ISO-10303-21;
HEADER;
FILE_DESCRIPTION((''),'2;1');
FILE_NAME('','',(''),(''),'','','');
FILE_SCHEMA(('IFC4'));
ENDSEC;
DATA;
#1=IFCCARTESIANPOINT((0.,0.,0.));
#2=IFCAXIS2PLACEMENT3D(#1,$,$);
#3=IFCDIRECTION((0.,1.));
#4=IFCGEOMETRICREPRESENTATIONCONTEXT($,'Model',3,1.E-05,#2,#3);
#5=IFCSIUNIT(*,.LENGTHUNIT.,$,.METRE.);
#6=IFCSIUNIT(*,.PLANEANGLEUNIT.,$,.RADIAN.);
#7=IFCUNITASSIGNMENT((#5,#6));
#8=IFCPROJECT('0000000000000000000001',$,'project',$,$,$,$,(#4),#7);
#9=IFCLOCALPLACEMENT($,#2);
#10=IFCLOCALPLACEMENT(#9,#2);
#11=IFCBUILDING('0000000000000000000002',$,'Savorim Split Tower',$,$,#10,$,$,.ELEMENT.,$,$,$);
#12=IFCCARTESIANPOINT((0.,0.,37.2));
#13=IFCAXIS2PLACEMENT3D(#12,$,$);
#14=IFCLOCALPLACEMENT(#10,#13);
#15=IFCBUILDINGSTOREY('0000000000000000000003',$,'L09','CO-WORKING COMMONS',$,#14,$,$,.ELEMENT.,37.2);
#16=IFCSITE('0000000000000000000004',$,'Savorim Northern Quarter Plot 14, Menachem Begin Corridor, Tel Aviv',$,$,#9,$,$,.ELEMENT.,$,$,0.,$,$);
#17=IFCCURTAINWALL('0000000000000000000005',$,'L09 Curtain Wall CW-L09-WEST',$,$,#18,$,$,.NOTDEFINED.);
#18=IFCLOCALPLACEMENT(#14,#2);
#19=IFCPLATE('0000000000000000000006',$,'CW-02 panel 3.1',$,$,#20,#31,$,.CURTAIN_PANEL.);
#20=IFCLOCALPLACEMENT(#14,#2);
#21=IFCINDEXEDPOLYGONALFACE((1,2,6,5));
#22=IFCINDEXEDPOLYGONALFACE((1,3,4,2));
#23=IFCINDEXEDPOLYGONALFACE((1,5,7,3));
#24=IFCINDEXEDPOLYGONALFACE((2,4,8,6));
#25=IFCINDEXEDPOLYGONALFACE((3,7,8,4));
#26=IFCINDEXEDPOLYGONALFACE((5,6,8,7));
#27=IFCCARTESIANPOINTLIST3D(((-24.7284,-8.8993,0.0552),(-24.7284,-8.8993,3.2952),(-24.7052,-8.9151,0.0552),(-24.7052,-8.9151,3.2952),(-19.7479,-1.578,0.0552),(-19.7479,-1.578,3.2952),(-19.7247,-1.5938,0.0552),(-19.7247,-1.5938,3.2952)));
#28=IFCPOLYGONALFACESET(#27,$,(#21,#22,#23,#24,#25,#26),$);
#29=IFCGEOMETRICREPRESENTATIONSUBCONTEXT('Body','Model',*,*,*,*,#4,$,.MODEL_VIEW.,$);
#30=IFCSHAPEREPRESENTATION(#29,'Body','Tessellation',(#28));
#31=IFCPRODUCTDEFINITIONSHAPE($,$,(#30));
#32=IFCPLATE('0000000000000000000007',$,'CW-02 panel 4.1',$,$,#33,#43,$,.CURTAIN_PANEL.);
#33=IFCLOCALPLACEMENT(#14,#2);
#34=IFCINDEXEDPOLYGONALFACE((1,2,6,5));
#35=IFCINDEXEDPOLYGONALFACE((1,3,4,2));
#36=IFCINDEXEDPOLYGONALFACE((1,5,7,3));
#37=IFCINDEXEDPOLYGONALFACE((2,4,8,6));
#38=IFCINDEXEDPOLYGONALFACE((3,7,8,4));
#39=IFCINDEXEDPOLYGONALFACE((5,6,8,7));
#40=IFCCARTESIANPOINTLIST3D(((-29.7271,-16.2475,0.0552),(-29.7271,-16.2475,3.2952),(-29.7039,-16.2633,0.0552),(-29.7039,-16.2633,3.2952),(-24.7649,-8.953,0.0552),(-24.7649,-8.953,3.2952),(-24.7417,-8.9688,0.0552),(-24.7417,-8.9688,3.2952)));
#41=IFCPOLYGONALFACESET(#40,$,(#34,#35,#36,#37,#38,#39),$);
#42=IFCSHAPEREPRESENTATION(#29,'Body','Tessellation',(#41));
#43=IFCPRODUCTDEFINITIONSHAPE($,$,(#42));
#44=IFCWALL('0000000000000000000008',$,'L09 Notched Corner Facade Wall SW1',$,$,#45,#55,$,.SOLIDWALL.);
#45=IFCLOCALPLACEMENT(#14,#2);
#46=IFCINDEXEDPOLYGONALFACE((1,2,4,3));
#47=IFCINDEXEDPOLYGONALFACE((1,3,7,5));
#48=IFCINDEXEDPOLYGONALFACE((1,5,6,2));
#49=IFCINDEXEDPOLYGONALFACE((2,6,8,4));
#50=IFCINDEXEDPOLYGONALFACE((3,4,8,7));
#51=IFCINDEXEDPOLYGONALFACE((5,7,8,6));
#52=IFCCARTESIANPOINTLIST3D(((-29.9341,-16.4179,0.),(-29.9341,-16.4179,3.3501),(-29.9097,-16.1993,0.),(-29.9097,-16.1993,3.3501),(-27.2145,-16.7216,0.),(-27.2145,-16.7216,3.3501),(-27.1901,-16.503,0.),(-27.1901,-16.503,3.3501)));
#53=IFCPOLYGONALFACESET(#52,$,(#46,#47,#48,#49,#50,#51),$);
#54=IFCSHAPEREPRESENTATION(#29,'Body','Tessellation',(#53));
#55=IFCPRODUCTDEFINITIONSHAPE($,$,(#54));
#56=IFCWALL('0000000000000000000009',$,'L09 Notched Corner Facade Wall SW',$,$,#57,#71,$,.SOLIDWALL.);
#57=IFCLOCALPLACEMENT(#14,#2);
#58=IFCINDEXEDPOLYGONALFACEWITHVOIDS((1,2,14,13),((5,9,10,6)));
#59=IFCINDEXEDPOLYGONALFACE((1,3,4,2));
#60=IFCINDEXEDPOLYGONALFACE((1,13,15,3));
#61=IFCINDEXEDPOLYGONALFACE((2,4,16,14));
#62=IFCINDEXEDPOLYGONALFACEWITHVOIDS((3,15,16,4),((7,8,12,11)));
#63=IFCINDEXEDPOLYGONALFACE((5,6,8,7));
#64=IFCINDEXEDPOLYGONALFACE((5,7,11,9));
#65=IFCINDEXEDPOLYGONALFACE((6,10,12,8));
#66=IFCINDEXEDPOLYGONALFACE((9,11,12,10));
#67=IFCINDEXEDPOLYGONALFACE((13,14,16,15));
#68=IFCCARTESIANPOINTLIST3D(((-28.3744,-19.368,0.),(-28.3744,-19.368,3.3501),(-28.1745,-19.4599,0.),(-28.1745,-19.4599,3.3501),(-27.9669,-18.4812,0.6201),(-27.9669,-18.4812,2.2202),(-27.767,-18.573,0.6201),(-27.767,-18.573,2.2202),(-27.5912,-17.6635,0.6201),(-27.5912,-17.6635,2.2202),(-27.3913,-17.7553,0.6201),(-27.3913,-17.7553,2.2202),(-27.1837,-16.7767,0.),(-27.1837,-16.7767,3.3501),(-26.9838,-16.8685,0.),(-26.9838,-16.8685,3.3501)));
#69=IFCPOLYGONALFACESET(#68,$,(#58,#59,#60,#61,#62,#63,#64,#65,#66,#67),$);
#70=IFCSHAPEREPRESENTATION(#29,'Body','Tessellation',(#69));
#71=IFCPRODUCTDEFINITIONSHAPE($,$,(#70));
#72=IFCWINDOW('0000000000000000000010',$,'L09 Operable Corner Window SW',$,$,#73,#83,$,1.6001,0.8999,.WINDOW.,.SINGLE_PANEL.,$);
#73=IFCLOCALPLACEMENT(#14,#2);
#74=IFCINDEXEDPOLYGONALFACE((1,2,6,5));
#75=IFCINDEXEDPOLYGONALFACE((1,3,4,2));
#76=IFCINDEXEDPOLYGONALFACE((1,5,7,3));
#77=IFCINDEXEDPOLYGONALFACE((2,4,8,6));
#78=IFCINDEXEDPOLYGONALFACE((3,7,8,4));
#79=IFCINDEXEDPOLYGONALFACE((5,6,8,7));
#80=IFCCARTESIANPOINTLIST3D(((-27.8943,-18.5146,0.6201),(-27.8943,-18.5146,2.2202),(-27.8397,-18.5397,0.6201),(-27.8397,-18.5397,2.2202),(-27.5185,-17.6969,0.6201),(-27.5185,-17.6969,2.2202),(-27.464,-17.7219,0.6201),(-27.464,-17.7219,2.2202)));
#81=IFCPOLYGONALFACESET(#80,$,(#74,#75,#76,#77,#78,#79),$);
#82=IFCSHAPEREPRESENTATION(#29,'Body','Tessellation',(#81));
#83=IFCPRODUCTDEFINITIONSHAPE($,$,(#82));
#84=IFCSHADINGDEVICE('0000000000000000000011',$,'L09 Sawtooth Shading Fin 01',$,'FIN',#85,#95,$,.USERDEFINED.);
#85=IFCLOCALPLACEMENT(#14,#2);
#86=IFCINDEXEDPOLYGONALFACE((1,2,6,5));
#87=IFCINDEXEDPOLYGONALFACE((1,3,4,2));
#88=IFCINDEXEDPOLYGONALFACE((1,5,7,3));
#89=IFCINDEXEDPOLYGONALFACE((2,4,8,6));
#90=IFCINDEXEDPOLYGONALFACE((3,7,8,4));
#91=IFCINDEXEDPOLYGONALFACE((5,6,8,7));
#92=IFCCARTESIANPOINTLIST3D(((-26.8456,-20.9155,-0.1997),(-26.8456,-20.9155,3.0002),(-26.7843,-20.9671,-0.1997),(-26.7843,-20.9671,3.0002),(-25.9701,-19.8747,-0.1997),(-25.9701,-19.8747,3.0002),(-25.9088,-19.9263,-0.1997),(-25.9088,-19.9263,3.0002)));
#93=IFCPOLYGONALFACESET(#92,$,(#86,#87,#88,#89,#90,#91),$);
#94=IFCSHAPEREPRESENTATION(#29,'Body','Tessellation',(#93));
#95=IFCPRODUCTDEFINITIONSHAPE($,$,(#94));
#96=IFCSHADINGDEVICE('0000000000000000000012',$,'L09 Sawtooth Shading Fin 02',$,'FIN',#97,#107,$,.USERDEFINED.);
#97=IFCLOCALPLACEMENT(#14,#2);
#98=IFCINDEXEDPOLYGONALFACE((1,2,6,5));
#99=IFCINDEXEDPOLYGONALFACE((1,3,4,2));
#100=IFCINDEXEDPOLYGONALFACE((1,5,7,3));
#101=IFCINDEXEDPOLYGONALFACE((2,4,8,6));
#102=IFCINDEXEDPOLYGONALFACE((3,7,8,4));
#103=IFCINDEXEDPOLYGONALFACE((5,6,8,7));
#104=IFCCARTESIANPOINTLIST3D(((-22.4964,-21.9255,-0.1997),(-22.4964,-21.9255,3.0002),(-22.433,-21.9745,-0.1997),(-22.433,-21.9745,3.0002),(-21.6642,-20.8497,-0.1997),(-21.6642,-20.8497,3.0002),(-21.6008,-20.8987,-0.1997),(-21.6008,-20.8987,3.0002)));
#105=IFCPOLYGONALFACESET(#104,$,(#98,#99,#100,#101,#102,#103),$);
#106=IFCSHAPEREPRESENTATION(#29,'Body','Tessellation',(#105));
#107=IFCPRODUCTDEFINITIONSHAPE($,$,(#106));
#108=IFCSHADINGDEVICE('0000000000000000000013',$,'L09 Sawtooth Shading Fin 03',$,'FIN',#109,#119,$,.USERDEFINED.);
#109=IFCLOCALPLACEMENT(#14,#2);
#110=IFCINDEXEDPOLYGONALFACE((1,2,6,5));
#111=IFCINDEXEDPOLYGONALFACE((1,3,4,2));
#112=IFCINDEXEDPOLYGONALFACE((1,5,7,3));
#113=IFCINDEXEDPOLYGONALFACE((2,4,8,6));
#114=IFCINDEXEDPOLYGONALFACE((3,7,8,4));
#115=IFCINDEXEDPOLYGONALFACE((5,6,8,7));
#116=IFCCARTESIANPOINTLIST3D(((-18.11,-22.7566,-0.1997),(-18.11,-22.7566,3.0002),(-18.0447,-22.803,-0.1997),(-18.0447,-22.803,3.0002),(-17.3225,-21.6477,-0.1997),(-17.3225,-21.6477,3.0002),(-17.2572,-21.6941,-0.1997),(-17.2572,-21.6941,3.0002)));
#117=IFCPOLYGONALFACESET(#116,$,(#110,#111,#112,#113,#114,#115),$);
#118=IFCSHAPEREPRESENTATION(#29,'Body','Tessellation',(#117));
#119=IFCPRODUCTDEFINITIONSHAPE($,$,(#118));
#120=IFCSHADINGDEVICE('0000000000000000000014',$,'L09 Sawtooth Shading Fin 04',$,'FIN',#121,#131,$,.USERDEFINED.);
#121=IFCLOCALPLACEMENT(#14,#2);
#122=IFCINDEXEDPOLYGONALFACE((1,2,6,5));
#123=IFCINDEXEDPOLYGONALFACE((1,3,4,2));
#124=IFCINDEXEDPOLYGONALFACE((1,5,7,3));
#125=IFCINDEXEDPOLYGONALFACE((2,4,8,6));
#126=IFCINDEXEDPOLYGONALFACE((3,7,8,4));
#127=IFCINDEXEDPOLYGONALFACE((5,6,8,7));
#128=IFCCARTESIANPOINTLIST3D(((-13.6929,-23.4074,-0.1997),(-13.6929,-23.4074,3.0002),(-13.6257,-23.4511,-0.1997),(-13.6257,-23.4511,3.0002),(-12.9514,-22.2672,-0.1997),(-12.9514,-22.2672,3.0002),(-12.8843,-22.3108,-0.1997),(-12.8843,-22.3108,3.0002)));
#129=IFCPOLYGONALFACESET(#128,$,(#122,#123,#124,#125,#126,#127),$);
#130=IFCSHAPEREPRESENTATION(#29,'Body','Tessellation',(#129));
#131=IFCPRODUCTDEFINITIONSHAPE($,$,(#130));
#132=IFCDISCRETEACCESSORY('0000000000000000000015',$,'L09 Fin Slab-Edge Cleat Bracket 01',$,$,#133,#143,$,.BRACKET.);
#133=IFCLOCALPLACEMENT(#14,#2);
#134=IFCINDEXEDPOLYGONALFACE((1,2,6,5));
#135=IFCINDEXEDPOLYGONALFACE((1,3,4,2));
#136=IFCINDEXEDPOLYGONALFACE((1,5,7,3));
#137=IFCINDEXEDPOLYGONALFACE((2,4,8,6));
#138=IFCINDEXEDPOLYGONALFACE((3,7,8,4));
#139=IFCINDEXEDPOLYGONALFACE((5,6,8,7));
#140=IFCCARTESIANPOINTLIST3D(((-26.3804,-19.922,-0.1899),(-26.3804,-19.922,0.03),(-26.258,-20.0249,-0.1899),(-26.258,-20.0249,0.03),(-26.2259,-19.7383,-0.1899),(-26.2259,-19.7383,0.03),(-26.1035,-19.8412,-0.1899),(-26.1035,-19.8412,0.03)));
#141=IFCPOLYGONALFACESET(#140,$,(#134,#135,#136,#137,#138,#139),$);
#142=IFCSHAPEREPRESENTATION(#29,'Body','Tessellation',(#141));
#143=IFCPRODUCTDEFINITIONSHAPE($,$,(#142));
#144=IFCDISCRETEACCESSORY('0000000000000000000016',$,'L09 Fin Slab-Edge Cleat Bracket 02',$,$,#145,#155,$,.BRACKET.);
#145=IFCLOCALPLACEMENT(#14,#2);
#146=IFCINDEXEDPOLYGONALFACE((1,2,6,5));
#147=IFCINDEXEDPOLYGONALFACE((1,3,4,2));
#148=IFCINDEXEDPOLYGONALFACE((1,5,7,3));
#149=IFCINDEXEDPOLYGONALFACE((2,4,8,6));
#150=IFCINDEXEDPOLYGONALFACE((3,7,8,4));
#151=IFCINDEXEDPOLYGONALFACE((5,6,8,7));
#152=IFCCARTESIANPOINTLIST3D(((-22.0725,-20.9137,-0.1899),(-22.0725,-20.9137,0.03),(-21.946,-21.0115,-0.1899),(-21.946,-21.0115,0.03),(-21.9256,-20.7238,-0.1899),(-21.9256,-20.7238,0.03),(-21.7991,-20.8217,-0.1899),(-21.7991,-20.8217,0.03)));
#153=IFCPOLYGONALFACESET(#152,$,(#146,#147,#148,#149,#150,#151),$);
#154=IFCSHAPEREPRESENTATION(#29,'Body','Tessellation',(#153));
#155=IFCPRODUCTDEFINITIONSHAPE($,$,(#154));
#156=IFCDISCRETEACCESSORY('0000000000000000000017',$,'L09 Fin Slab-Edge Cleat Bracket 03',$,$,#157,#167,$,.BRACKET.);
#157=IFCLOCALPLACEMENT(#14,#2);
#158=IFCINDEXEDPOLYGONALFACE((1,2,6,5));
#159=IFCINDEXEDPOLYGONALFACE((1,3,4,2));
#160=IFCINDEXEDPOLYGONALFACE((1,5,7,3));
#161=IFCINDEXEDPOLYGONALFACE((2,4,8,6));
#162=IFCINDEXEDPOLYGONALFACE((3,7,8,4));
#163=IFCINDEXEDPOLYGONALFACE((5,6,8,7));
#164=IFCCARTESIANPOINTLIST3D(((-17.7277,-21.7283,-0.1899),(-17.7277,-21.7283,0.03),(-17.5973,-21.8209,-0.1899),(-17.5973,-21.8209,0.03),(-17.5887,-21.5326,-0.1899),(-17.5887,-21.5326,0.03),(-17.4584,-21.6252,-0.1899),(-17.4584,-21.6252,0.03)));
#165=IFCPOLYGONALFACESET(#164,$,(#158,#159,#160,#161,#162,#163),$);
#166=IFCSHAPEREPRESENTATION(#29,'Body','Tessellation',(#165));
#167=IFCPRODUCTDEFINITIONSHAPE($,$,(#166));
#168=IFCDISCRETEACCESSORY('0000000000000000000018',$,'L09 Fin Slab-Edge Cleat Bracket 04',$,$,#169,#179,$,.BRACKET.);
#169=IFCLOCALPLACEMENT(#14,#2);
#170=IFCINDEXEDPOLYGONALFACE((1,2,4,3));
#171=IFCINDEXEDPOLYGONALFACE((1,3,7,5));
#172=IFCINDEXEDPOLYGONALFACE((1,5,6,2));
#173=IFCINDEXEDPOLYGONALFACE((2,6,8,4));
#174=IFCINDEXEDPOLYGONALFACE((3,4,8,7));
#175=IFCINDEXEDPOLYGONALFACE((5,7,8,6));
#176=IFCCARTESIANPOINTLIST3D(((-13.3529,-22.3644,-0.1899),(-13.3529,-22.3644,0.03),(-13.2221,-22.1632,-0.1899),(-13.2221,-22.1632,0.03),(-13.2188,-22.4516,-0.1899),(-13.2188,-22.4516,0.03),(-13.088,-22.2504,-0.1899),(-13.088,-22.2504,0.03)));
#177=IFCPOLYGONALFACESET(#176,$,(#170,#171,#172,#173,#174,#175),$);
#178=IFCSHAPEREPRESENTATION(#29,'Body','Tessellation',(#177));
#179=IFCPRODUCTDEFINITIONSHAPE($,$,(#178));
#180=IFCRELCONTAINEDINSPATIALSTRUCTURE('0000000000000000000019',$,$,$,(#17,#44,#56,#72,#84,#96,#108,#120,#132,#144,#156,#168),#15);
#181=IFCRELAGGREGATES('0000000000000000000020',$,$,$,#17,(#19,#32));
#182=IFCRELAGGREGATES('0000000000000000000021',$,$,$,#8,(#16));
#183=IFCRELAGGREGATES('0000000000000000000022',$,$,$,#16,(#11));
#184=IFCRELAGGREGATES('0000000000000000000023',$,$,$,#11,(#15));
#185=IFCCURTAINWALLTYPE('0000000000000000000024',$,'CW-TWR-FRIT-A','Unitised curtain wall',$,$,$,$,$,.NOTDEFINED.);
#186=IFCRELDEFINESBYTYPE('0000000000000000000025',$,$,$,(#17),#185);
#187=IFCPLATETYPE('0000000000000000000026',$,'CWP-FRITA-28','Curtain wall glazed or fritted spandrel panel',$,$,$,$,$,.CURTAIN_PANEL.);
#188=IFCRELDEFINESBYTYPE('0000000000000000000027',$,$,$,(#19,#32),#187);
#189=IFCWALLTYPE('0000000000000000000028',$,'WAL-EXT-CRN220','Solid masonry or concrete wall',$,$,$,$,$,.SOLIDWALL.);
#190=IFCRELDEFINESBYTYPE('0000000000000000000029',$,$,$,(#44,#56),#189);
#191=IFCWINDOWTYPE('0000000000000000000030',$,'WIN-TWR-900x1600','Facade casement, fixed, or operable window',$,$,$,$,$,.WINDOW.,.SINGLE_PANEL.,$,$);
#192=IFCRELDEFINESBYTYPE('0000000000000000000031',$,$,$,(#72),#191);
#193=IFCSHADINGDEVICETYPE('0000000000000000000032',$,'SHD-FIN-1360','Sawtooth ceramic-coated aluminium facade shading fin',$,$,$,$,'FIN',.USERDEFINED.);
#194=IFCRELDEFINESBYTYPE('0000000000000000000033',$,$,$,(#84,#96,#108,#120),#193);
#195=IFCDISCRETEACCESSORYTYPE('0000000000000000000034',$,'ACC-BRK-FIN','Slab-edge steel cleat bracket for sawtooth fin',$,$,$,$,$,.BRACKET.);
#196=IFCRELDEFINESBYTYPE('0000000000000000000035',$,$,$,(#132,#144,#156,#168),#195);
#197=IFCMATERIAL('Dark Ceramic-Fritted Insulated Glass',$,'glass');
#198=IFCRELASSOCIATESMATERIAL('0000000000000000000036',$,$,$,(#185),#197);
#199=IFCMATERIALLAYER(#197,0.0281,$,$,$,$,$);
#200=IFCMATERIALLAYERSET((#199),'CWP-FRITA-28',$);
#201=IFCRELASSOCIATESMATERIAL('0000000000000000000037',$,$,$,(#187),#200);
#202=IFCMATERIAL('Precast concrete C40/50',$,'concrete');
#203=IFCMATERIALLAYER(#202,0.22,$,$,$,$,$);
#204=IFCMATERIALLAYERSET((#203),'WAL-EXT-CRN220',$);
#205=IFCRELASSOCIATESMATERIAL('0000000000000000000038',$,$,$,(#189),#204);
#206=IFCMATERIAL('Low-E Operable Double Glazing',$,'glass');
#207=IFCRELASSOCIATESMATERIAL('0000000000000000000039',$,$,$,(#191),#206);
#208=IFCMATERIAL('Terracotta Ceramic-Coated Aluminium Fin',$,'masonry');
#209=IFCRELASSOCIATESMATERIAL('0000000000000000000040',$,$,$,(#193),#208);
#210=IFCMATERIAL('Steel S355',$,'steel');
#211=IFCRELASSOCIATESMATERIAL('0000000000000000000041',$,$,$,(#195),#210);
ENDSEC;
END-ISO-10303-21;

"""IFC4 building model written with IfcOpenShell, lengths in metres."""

from ifc_helpers import new_model, si_unit, direction, frame, frame_2d, origin, origin_2d, place, context, subcontext, project, spatial, rectangle, extrude, material, layer, layer_set, type_object, element, fill, aggregate, save


model = new_model("IFC4")

# Units and contexts
model_context = context("Model", 3, precision=1e-05, world=origin(), true_north=direction((0.0, 1.0)))
body_context = subcontext(model_context, "Body", "Model", "MODEL_VIEW")
ifc_project = project(units=[si_unit("LENGTHUNIT", "METRE"), si_unit("PLANEANGLEUNIT", "RADIAN")], contexts=[model_context])

# Site, building, storey
site_placement = place(None, origin())
site = spatial("IfcSite", under=ifc_project, at=site_placement, Name="Savorim Northern Quarter Plot 14, Menachem Begin Corridor, Tel Aviv", CompositionType="ELEMENT", RefElevation=0.0)
building_placement = place(site_placement, origin())
building = spatial("IfcBuilding", under=site, at=building_placement, Name="Savorim Split Tower", CompositionType="ELEMENT")
storey_placement = place(building_placement, frame((0.0, 0.0, 37.2)))
storey = spatial("IfcBuildingStorey", under=building, at=storey_placement, Name="L09", Description="CO-WORKING COMMONS", CompositionType="ELEMENT", Elevation=37.2)

# Shared definitions
ifc_material_1 = material(Name="Steel S355", Category="steel")

# Shared definitions
ifc_material_2 = material(Name="Dark Ceramic-Fritted Insulated Glass", Category="glass")
curtain_wall_type = type_object("IfcCurtainWallType", Name="CW-TWR-FRIT-A", Description="Unitised curtain wall", PredefinedType="NOTDEFINED", material=ifc_material_2)

# Curtain wall
curtain_wall_1_placement = place(storey_placement, origin())
curtain_wall_1 = element("IfcCurtainWall", 1, at=curtain_wall_1_placement, inside=storey, type_object=curtain_wall_type, Name="L09 Curtain Wall CW-L09-WEST", PredefinedType="NOTDEFINED")

# Plates
ifc_layer_1 = layer(ifc_material_2, 0.0281)
ifc_layer_set_1 = layer_set([ifc_layer_1], Name="CWP-FRITA-28")
plate_type = type_object("IfcPlateType", Name="CWP-FRITA-28", Description="Curtain wall glazed or fritted spandrel panel", PredefinedType="CURTAIN_PANEL", material=ifc_layer_set_1)
plate_1_placement = place(storey_placement, frame((-22.2266, -5.2466, 0.0552), z_axis=(0.0, 0.0, 1.0), x_axis=(-0.562465, -0.826821, 0.0)))
plate_1 = element("IfcPlate", 2, at=plate_1_placement, type_object=plate_type, Name="CW-02 panel 3.1", PredefinedType="CURTAIN_PANEL", context=body_context, shape_type="SweptSolid", body=[
    extrude(rectangle(XDim=8.8547, YDim=0.0281, at=origin_2d()), origin(), (0.0, 0.0, 1.0), 3.24),
])
plate_2_placement = place(storey_placement, frame((-27.2344, -12.6082, 0.0552), z_axis=(0.0, 0.0, 1.0), x_axis=(-0.562465, -0.826821, 0.0)))
plate_2 = element("IfcPlate", 3, at=plate_2_placement, type_object=plate_type, Name="CW-02 panel 4.1", PredefinedType="CURTAIN_PANEL", context=body_context, shape_type="SweptSolid", body=[
    extrude(rectangle(XDim=8.8223, YDim=0.0281, at=origin_2d()), origin(), (0.0, 0.0, 1.0), 3.24),
])
aggregate(curtain_wall_1, [plate_1, plate_2])

# Wall
ifc_material_3 = material(Name="Precast concrete C40/50", Category="concrete")
ifc_layer_2 = layer(ifc_material_3, 0.22)
ifc_layer_set_2 = layer_set([ifc_layer_2], Name="WAL-EXT-CRN220")
wall_type = type_object("IfcWallType", Name="WAL-EXT-CRN220", Description="Solid masonry or concrete wall", PredefinedType="SOLIDWALL", material=ifc_layer_set_2)
wall_1_placement = place(storey_placement, frame((-27.2024, -16.6123, 0.0), z_axis=(0.0, 0.0, 1.0), x_axis=(-0.993823, 0.11098, 0.0)))
element("IfcWall", 4, at=wall_1_placement, inside=storey, type_object=wall_type, Name="L09 Notched Corner Facade Wall SW1", PredefinedType="SOLIDWALL", context=body_context, shape_type="SweptSolid", body=[
    extrude(rectangle(XDim=2.7366, YDim=0.22, at=frame_2d((1.3682, 0.0))), origin(), (0.0, 0.0, 1.0), 3.3501),
])

# Wall, opening, window
wall_2_placement = place(storey_placement, frame((-28.2744, -19.4138, 0.0), z_axis=(0.0, 0.0, 1.0), x_axis=(0.417521, 0.908667, 0.0)))
wall_2 = element("IfcWall", 5, at=wall_2_placement, inside=storey, type_object=wall_type, Name="L09 Notched Corner Facade Wall SW", PredefinedType="SOLIDWALL", context=body_context, shape_type="SweptSolid", body=[
    extrude(rectangle(XDim=2.8518, YDim=0.22, at=frame_2d((1.4258, 0.0))), origin(), (0.0, 0.0, 1.0), 3.3501),
])
opening_placement = place(wall_2_placement, frame((0.9758, 0.0, 0.6201)))
opening = element("IfcOpeningElement", 6, at=opening_placement, cuts=wall_2, PredefinedType="OPENING", context=body_context, shape_type="SweptSolid", body=[
    extrude(rectangle(XDim=0.8999, YDim=1.6001, at=frame_2d((0.45, 0.8))), frame((0.0, 0.1199, 0.0), z_axis=(0.0, -1.0, 0.0), x_axis=(1.0, 0.0, 0.0)), (0.0, 0.0, 1.0), 0.24),
])
ifc_material_4 = material(Name="Low-E Operable Double Glazing", Category="glass")
window_type = type_object("IfcWindowType", Name="WIN-TWR-900x1600", Description="Facade casement, fixed, or operable window", PartitioningType="SINGLE_PANEL", PredefinedType="WINDOW", material=ifc_material_4)
window_placement = place(opening_placement, origin())
window = element("IfcWindow", 7, at=window_placement, inside=storey, type_object=window_type, Name="L09 Operable Corner Window SW", OverallHeight=1.6001, OverallWidth=0.8999, PartitioningType="SINGLE_PANEL", PredefinedType="WINDOW", context=body_context, shape_type="SweptSolid", body=[
    extrude(rectangle(XDim=0.8999, YDim=1.6001, at=frame_2d((0.45, 0.8))), frame((0.0, 0.03, 0.0), z_axis=(0.0, -1.0, 0.0), x_axis=(1.0, 0.0, 0.0)), (0.0, 0.0, 1.0), 0.0601),
])
fill(opening, window)

# Shading devices
ifc_material_5 = material(Name="Terracotta Ceramic-Coated Aluminium Fin", Category="masonry")
shading_device_type = type_object("IfcShadingDeviceType", Name="SHD-FIN-1360", Description="Sawtooth ceramic-coated aluminium facade shading fin", ElementType="FIN", PredefinedType="USERDEFINED", material=ifc_material_5)
for number, where, z_axis, x_axis, name in (
    (8, (-26.3772, -20.4209, -0.1997), (0.0, 0.0, 1.0), (-0.643719, -0.765262, 0.0), "L09 Sawtooth Shading Fin 01"),
    (9, (-22.0486, -21.4121, -0.1997), (0.0, 0.0, 1.0), (-0.611868, -0.79096, 0.0), "L09 Sawtooth Shading Fin 02"),
    (10, (-17.6836, -22.2253, -0.1997), (0.0, 0.0, 1.0), (-0.578994, -0.815332, 0.0), "L09 Sawtooth Shading Fin 03"),
    (11, (-13.2886, -22.8591, -0.1997), (0.0, 0.0, 1.0), (-0.545148, -0.83834, 0.0), "L09 Sawtooth Shading Fin 04"),
):
    element("IfcShadingDevice", number, at=place(storey_placement, frame(where, z_axis=z_axis, x_axis=x_axis)), inside=storey, type_object=shading_device_type, Name=name, ObjectType="FIN", PredefinedType="USERDEFINED", context=body_context, shape_type="SweptSolid", body=[
        extrude(rectangle(XDim=1.3601, YDim=0.0801, at=origin_2d()), origin(), (0.0, 0.0, 1.0), 3.2),
    ])

# Discrete accessories
discrete_accessory_type = type_object("IfcDiscreteAccessoryType", Name="ACC-BRK-FIN", Description="Slab-edge steel cleat bracket for sawtooth fin", PredefinedType="BRACKET", material=ifc_material_1)
for number, where, z_axis, x_axis, name in (
    (12, (-26.2419, -19.8816, -0.1899), (0.0, 0.0, 1.0), (-0.643719, -0.765262, 0.0), "L09 Fin Slab-Edge Cleat Bracket 01"),
    (13, (-21.9358, -20.8677, -0.1899), (0.0, 0.0, 1.0), (-0.611868, -0.79096, 0.0), "L09 Fin Slab-Edge Cleat Bracket 02"),
    (14, (-17.593, -21.6768, -0.1899), (0.0, 0.0, 1.0), (-0.578994, -0.815332, 0.0), "L09 Fin Slab-Edge Cleat Bracket 03"),
    (15, (-13.2205, -22.3074, -0.1899), (0.0, 0.0, 1.0), (-0.545148, -0.83834, 0.0), "L09 Fin Slab-Edge Cleat Bracket 04"),
):
    element("IfcDiscreteAccessory", number, at=place(storey_placement, frame(where, z_axis=z_axis, x_axis=x_axis)), inside=storey, type_object=discrete_accessory_type, Name=name, PredefinedType="BRACKET", context=body_context, shape_type="SweptSolid", body=[
        extrude(rectangle(XDim=0.24, YDim=0.1599, at=origin_2d()), origin(), (0.0, 0.0, 1.0), 0.22),
    ])

save(model, "model.ifc")
